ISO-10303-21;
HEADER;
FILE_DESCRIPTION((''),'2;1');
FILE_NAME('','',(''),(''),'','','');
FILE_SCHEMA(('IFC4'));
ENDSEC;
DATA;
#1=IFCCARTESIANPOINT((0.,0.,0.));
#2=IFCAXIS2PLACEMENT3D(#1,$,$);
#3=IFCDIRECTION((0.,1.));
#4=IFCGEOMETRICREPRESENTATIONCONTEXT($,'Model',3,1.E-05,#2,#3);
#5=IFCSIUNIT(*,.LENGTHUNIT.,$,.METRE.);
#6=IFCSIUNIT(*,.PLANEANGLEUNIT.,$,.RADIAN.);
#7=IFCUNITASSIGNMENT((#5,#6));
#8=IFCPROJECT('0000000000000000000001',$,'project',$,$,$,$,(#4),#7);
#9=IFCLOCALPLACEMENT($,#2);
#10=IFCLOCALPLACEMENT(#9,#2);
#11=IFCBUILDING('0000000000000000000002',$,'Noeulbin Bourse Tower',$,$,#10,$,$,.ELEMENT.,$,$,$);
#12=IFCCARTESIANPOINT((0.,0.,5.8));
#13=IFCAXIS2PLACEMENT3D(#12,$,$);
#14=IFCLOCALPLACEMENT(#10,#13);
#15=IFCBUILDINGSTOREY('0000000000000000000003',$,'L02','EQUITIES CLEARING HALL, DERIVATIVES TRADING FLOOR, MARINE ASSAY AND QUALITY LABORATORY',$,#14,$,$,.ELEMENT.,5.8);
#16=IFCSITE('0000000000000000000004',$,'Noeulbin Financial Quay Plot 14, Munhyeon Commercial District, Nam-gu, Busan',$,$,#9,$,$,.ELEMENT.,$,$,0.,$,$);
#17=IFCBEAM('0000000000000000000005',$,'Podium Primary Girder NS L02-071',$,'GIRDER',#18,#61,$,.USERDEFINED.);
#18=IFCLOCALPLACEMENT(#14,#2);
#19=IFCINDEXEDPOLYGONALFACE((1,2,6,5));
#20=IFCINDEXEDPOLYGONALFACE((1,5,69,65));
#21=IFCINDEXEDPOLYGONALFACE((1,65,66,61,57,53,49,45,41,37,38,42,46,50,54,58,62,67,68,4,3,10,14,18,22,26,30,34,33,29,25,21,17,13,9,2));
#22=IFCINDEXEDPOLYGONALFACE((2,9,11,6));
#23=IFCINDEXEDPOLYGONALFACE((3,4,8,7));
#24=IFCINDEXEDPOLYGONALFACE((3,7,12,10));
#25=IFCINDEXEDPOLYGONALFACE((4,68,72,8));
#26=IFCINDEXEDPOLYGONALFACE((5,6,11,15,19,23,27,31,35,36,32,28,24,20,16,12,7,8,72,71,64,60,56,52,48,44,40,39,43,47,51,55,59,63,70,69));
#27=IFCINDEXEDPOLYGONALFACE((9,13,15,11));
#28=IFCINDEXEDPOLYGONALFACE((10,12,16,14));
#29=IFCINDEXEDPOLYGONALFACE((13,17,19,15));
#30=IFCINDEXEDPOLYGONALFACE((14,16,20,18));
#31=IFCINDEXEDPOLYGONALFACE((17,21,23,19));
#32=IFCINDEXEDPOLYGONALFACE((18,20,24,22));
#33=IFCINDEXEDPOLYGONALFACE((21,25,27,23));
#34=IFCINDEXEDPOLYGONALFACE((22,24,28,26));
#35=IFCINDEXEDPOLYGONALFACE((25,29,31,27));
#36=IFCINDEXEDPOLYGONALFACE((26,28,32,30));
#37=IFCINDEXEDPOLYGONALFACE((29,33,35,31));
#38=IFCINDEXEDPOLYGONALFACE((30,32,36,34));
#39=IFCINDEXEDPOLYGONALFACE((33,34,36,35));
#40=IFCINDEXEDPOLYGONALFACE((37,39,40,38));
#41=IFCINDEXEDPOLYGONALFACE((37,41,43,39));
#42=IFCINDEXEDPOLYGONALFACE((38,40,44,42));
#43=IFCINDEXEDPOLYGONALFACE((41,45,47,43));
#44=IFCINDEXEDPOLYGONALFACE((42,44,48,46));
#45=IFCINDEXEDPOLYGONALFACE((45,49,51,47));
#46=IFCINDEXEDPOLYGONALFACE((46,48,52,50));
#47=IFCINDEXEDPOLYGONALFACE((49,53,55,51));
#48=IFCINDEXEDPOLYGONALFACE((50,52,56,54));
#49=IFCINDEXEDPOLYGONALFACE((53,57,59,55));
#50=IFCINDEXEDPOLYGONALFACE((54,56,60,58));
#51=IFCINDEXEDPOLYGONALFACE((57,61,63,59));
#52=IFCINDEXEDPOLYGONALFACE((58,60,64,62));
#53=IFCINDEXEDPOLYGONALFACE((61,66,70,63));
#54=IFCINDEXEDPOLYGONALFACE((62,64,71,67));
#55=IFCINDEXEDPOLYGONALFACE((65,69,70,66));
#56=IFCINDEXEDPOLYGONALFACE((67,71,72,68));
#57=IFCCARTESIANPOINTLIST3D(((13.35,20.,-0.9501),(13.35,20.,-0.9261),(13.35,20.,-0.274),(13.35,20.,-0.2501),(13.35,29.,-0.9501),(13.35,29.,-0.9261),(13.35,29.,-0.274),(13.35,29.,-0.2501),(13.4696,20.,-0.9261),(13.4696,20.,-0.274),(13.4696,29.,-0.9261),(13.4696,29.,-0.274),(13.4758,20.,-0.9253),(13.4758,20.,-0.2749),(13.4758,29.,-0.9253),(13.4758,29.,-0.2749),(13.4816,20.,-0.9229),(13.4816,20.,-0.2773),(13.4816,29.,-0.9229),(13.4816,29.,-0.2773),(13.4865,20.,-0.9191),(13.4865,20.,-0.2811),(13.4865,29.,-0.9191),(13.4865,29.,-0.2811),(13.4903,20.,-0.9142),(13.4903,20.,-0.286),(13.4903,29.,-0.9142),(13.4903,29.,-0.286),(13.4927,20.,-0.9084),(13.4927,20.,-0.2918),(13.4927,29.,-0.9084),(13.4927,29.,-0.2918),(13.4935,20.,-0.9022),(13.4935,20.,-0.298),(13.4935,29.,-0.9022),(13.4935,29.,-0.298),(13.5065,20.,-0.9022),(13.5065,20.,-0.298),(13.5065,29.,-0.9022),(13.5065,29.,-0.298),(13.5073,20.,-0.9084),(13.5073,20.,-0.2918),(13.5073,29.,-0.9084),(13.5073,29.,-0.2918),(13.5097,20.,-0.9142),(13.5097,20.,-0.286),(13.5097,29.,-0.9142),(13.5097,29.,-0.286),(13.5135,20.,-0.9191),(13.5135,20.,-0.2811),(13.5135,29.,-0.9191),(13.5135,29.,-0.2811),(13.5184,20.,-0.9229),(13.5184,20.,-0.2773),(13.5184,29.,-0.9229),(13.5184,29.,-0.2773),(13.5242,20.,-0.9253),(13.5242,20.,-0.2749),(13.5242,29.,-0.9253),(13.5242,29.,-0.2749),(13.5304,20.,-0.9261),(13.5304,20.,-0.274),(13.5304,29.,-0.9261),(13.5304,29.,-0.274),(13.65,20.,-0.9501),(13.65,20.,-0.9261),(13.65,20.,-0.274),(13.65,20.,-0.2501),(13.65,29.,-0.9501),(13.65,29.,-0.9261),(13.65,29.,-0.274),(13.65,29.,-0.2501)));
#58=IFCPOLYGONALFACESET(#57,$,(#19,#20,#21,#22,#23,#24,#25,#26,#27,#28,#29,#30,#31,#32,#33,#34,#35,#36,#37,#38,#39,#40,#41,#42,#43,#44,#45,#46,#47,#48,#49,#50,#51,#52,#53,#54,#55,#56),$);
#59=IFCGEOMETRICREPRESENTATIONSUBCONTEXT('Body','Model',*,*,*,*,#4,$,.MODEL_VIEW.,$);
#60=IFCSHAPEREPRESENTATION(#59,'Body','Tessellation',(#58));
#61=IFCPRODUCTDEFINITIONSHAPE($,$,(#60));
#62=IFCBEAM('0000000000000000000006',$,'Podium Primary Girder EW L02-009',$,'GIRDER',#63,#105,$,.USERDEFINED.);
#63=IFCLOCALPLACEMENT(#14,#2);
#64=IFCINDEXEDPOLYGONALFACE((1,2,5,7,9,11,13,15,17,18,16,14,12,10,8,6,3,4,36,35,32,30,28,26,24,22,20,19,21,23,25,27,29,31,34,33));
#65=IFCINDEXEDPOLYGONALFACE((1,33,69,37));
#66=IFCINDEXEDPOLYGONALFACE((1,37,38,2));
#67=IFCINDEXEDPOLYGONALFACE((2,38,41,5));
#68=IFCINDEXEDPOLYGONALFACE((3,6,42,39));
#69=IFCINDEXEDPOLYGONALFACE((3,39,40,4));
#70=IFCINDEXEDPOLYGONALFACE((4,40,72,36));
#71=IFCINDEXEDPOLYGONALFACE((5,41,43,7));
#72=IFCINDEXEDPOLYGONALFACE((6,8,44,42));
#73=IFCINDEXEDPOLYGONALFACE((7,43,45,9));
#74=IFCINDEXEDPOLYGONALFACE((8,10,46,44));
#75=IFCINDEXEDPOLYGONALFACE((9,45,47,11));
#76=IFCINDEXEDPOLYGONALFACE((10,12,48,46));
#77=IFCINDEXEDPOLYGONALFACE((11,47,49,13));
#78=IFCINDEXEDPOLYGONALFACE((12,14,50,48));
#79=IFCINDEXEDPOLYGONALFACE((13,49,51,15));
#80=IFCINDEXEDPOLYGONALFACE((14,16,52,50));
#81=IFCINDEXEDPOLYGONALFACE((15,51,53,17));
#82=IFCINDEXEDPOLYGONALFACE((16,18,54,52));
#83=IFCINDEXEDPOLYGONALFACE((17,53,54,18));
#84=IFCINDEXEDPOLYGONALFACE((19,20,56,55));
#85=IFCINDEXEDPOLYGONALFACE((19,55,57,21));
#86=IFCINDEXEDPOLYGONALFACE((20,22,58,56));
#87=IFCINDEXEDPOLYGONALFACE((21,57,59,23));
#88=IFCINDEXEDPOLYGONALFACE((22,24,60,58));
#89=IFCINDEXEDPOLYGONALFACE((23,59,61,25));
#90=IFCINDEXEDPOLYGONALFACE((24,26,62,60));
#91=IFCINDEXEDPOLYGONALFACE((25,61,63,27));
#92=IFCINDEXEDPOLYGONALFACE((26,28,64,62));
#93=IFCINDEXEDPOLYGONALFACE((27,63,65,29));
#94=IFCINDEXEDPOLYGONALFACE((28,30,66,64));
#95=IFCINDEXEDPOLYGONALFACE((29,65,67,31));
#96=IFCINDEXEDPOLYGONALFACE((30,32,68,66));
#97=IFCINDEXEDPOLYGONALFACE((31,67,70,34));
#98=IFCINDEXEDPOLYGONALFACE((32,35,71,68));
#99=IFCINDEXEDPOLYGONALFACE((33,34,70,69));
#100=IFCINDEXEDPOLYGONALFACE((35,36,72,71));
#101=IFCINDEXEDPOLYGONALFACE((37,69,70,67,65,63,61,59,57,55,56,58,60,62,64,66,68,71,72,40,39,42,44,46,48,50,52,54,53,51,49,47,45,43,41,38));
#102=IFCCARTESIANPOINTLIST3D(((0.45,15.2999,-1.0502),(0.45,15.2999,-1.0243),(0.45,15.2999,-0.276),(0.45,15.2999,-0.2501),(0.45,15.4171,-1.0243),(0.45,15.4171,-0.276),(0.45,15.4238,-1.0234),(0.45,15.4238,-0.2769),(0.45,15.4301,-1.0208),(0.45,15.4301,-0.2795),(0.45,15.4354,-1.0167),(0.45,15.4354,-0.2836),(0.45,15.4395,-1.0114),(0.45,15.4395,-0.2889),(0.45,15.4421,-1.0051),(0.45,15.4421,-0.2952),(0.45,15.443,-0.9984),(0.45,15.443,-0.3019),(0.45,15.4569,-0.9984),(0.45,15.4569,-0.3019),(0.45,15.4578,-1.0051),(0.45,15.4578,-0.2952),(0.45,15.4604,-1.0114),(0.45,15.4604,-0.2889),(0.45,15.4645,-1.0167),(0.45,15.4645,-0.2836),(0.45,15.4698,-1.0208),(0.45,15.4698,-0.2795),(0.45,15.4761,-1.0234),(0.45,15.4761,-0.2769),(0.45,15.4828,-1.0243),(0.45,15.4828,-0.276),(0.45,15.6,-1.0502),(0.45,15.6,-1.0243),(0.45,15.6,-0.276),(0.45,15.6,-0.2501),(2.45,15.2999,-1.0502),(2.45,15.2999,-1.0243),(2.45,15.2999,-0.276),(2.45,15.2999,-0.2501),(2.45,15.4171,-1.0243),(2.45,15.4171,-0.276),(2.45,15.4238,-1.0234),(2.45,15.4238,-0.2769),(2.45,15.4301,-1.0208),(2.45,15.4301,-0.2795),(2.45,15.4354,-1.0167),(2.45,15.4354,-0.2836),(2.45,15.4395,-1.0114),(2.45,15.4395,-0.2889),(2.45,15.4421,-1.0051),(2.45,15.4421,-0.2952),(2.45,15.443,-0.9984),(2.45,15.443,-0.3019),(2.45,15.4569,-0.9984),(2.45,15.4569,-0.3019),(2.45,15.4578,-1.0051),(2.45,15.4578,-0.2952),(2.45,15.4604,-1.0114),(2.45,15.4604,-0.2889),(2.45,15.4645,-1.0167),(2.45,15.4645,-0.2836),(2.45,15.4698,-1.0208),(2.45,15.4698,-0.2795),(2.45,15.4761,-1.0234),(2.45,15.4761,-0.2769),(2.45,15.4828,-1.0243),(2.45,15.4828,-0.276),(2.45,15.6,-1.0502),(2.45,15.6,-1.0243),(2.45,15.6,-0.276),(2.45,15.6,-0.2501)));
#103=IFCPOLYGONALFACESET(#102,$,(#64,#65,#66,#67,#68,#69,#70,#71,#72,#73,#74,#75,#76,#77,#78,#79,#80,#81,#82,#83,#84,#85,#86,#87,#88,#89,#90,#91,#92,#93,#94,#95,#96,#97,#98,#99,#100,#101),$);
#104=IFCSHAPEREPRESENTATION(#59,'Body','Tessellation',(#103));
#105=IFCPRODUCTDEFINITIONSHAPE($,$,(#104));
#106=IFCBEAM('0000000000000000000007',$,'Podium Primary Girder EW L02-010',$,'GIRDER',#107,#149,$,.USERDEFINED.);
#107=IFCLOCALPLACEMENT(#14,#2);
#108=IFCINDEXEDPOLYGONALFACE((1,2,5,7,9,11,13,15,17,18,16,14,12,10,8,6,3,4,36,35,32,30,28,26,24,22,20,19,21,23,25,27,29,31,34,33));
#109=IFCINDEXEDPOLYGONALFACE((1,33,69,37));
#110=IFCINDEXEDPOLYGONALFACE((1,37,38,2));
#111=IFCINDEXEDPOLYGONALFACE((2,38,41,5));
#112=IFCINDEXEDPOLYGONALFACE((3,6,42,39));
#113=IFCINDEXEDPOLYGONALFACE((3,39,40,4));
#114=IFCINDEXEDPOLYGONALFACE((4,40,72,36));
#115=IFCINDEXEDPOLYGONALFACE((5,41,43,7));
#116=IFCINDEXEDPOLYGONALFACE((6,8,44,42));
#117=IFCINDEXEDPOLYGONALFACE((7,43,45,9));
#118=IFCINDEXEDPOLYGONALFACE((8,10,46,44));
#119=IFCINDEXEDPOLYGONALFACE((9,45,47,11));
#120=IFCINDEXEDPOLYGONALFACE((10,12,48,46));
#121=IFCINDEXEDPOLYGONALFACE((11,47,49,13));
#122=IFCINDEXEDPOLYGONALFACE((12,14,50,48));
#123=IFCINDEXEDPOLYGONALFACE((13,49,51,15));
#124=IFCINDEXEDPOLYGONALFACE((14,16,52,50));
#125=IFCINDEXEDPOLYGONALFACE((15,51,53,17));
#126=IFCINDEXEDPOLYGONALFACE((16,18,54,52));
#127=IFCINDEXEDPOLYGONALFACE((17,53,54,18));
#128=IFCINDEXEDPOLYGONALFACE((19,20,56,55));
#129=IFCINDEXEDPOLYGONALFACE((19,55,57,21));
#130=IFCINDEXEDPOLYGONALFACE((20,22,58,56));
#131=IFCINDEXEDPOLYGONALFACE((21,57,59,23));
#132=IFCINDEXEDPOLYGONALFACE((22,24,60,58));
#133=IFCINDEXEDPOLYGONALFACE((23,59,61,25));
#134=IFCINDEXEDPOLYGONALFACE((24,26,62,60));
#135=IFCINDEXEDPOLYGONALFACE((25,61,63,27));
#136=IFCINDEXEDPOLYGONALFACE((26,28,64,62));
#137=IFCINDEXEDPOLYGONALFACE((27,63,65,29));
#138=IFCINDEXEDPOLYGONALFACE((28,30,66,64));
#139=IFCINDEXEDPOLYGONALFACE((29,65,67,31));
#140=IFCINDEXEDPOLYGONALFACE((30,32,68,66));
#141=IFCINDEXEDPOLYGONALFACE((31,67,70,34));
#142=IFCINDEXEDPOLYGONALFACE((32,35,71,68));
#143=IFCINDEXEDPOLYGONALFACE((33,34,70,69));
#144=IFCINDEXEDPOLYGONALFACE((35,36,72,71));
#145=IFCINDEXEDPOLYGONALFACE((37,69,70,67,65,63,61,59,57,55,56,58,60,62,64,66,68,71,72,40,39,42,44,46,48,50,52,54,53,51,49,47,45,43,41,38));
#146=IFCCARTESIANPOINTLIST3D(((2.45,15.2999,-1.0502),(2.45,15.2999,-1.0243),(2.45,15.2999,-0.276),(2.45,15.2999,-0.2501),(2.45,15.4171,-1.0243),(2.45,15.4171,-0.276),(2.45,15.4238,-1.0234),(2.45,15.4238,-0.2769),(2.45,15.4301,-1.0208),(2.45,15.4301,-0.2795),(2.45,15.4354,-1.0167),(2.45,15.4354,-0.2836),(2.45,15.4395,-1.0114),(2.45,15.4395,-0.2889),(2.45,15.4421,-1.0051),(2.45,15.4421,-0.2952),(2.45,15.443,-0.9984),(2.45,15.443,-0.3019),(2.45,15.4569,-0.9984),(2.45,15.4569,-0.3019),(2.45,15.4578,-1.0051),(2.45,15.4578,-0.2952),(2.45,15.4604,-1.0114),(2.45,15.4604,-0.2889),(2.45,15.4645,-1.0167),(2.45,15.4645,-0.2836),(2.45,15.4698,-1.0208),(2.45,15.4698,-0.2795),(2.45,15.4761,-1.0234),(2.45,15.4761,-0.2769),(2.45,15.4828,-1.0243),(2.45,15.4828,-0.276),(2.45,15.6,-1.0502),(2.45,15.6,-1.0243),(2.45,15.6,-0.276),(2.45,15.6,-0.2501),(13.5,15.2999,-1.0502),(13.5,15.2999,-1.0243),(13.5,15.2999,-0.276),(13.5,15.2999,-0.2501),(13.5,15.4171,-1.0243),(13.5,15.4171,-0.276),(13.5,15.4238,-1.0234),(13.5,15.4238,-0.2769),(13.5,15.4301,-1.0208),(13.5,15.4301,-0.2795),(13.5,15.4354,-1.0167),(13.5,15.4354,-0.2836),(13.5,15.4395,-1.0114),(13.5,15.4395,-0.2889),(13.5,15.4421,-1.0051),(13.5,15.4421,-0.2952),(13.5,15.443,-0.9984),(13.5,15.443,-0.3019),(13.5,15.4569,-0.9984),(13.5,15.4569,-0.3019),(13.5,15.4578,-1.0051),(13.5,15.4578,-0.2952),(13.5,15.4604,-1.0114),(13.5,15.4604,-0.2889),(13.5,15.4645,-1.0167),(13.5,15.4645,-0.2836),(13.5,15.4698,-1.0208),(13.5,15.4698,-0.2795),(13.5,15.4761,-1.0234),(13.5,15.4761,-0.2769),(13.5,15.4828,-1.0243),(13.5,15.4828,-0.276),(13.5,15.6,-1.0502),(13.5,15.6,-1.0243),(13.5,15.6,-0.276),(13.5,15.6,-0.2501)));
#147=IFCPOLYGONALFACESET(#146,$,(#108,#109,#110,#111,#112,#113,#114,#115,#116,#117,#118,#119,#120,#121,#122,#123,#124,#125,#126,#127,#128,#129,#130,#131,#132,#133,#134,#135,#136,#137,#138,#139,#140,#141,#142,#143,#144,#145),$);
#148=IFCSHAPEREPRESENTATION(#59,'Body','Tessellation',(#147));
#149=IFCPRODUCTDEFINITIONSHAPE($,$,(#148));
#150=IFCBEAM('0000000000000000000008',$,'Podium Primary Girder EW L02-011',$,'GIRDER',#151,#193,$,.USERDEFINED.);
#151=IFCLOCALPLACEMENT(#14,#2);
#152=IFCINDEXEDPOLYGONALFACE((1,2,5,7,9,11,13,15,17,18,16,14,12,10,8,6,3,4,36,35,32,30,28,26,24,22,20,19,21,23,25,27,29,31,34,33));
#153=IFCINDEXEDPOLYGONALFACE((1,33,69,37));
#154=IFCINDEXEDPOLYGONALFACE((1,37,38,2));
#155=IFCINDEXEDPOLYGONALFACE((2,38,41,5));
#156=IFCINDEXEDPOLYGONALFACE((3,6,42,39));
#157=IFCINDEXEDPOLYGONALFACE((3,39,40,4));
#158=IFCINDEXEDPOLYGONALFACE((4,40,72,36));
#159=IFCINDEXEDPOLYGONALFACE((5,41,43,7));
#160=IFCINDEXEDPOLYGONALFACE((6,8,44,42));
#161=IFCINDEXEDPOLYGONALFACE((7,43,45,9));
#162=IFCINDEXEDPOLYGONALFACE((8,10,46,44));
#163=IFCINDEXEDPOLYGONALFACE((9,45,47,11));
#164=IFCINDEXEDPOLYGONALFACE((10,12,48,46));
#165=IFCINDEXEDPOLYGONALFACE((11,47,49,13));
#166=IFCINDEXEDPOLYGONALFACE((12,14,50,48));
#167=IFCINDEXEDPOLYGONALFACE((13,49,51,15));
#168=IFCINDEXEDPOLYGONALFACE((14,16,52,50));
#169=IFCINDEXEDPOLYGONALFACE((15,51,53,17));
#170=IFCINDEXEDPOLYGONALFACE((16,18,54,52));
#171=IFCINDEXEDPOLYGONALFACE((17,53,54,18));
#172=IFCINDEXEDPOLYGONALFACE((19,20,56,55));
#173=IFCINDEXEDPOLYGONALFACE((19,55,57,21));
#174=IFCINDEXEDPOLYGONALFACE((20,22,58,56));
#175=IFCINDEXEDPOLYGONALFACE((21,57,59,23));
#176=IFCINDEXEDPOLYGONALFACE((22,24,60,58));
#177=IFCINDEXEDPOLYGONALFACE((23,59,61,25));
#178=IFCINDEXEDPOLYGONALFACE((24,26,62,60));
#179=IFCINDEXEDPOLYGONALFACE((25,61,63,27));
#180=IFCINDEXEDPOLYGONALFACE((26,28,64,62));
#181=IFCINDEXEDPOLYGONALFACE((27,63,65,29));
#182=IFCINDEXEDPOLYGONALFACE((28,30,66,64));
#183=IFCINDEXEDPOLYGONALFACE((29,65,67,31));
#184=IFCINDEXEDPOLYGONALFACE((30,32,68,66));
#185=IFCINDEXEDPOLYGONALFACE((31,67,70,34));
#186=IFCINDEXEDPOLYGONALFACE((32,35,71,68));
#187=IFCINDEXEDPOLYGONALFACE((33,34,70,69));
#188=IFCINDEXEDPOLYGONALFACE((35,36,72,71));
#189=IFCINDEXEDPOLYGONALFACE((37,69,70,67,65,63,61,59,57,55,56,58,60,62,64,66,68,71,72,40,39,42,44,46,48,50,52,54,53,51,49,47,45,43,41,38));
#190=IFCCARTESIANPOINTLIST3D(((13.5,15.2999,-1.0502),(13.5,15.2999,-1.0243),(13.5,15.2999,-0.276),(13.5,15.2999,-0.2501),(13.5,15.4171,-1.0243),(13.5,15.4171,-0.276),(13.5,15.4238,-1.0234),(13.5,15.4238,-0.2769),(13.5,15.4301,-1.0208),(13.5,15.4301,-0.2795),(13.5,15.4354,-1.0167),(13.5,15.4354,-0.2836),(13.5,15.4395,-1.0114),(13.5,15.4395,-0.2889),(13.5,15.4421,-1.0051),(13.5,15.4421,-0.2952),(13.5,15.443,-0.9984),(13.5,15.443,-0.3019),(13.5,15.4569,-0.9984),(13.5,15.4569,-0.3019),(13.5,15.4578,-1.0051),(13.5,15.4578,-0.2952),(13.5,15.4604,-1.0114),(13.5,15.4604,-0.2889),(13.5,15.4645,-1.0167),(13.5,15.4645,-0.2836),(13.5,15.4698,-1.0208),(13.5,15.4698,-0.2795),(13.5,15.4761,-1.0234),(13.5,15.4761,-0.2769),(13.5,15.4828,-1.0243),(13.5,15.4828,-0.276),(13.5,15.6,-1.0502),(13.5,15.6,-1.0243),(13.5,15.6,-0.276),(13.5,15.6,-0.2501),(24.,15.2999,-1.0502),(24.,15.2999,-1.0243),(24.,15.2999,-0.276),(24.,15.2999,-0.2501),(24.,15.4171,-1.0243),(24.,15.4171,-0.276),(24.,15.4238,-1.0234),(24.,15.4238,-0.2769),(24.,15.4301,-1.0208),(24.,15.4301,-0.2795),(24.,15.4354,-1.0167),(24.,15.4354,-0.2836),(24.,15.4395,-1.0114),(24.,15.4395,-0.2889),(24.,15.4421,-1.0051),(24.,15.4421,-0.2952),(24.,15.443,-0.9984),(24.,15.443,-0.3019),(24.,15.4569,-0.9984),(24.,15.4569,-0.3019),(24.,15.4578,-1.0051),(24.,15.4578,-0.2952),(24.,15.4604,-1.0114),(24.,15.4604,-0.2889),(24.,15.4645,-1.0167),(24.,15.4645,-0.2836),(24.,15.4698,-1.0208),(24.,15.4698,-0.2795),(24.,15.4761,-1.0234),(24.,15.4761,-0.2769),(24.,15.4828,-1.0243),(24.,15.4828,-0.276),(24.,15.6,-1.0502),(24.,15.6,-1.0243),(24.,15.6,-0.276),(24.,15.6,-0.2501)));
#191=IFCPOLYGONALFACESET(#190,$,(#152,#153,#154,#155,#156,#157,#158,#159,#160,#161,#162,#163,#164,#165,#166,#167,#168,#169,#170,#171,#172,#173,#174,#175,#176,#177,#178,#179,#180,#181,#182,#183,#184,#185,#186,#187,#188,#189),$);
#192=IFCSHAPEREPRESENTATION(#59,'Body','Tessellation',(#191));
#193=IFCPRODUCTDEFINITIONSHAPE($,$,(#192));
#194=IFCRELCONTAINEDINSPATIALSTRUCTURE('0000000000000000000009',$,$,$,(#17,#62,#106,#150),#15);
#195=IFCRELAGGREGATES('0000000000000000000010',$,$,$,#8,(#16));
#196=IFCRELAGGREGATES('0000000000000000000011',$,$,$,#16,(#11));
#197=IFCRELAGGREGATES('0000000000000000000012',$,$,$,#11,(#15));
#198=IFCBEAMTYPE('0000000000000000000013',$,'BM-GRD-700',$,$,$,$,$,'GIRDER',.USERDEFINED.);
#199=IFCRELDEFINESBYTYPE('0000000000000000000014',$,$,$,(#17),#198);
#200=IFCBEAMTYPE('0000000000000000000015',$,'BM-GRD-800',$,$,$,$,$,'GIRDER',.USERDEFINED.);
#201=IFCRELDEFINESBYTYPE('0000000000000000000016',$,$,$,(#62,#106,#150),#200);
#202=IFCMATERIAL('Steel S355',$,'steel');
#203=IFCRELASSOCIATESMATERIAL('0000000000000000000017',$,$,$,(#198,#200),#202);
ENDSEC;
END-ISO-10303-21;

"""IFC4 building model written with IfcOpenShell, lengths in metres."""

from ifc_helpers import new_model, si_unit, direction, frame, origin, origin_2d, place, context, subcontext, project, spatial, i_section, extrude, material, material_profile, profile_set, type_object, element, save


model = new_model("IFC4")

# Units and contexts
model_context = context("Model", 3, precision=1e-05, world=origin(), true_north=direction((0.0, 1.0)))
body_context = subcontext(model_context, "Body", "Model", "MODEL_VIEW")
ifc_project = project(units=[si_unit("LENGTHUNIT", "METRE"), si_unit("PLANEANGLEUNIT", "RADIAN")], contexts=[model_context])

# Site, building, storey
site_placement = place(None, origin())
site = spatial("IfcSite", under=ifc_project, at=site_placement, Name="Noeulbin Financial Quay Plot 14, Munhyeon Commercial District, Nam-gu, Busan", CompositionType="ELEMENT", RefElevation=0.0)
building_placement = place(site_placement, origin())
building = spatial("IfcBuilding", under=site, at=building_placement, Name="Noeulbin Bourse Tower", CompositionType="ELEMENT")
storey_placement = place(building_placement, frame((0.0, 0.0, 5.8)))
storey = spatial("IfcBuildingStorey", under=building, at=storey_placement, Name="L02", Description="EQUITIES CLEARING HALL, DERIVATIVES TRADING FLOOR, MARINE ASSAY AND QUALITY LABORATORY", CompositionType="ELEMENT", Elevation=5.8)

# Beams
ifc_material_1 = material(Name="Steel S355", Category="steel")
ifc_material_profile_1 = material_profile(ifc_material_1, i_section(OverallWidth=0.3, OverallDepth=0.7, WebThickness=0.0129, FlangeThickness=0.0239, FilletRadius=0.0239, at=origin_2d()), Name="H-700x300x13x24", Category="LoadBearing")
ifc_profile_set_1 = profile_set([ifc_material_profile_1], Name="Steel S355")
beam_type_1 = type_object("IfcBeamType", Name="BM-GRD-700", ElementType="GIRDER", PredefinedType="USERDEFINED", material=ifc_profile_set_1)
beam_1_placement = place(storey_placement, frame((13.5, 20.0, -0.6001), z_axis=(0.0, 1.0, 0.0), x_axis=(-1.0, 0.0, 0.0)))
element("IfcBeam", 1, at=beam_1_placement, inside=storey, type_object=beam_type_1, Name="Podium Primary Girder NS L02-071", ObjectType="GIRDER", PredefinedType="USERDEFINED", context=body_context, shape_type="SweptSolid", body=[
    extrude(i_section(OverallWidth=0.3, OverallDepth=0.7, WebThickness=0.0129, FlangeThickness=0.0239, FilletRadius=0.0239, at=origin_2d()), origin(), (0.0, 0.0, 1.0), 9.0),
])
ifc_material_profile_2 = material_profile(ifc_material_1, i_section(OverallWidth=0.3, OverallDepth=0.8, WebThickness=0.0139, FlangeThickness=0.0259, FilletRadius=0.0259, at=origin_2d()), Name="H-800x300x14x26", Category="LoadBearing")
ifc_profile_set_2 = profile_set([ifc_material_profile_2], Name="Steel S355")
beam_type_2 = type_object("IfcBeamType", Name="BM-GRD-800", ElementType="GIRDER", PredefinedType="USERDEFINED", material=ifc_profile_set_2)
beam_2_placement = place(storey_placement, frame((0.45, 15.45, -0.6501), z_axis=(1.0, 0.0, 0.0), x_axis=(0.0, 1.0, 0.0)))
element("IfcBeam", 2, at=beam_2_placement, inside=storey, type_object=beam_type_2, Name="Podium Primary Girder EW L02-009", ObjectType="GIRDER", PredefinedType="USERDEFINED", context=body_context, shape_type="SweptSolid", body=[
    extrude(i_section(OverallWidth=0.3, OverallDepth=0.8, WebThickness=0.0139, FlangeThickness=0.0259, FilletRadius=0.0259, at=origin_2d()), origin(), (0.0, 0.0, 1.0), 2.0),
])
beam_3_placement = place(storey_placement, frame((2.45, 15.45, -0.6501), z_axis=(1.0, 0.0, 0.0), x_axis=(0.0, 1.0, 0.0)))
element("IfcBeam", 3, at=beam_3_placement, inside=storey, type_object=beam_type_2, Name="Podium Primary Girder EW L02-010", ObjectType="GIRDER", PredefinedType="USERDEFINED", context=body_context, shape_type="SweptSolid", body=[
    extrude(i_section(OverallWidth=0.3, OverallDepth=0.8, WebThickness=0.0139, FlangeThickness=0.0259, FilletRadius=0.0259, at=origin_2d()), origin(), (0.0, 0.0, 1.0), 11.05),
])
beam_4_placement = place(storey_placement, frame((13.5, 15.45, -0.6501), z_axis=(1.0, 0.0, 0.0), x_axis=(0.0, 1.0, 0.0)))
element("IfcBeam", 4, at=beam_4_placement, inside=storey, type_object=beam_type_2, Name="Podium Primary Girder EW L02-011", ObjectType="GIRDER", PredefinedType="USERDEFINED", context=body_context, shape_type="SweptSolid", body=[
    extrude(i_section(OverallWidth=0.3, OverallDepth=0.8, WebThickness=0.0139, FlangeThickness=0.0259, FilletRadius=0.0259, at=origin_2d()), origin(), (0.0, 0.0, 1.0), 10.5),
])

save(model, "model.ifc")
